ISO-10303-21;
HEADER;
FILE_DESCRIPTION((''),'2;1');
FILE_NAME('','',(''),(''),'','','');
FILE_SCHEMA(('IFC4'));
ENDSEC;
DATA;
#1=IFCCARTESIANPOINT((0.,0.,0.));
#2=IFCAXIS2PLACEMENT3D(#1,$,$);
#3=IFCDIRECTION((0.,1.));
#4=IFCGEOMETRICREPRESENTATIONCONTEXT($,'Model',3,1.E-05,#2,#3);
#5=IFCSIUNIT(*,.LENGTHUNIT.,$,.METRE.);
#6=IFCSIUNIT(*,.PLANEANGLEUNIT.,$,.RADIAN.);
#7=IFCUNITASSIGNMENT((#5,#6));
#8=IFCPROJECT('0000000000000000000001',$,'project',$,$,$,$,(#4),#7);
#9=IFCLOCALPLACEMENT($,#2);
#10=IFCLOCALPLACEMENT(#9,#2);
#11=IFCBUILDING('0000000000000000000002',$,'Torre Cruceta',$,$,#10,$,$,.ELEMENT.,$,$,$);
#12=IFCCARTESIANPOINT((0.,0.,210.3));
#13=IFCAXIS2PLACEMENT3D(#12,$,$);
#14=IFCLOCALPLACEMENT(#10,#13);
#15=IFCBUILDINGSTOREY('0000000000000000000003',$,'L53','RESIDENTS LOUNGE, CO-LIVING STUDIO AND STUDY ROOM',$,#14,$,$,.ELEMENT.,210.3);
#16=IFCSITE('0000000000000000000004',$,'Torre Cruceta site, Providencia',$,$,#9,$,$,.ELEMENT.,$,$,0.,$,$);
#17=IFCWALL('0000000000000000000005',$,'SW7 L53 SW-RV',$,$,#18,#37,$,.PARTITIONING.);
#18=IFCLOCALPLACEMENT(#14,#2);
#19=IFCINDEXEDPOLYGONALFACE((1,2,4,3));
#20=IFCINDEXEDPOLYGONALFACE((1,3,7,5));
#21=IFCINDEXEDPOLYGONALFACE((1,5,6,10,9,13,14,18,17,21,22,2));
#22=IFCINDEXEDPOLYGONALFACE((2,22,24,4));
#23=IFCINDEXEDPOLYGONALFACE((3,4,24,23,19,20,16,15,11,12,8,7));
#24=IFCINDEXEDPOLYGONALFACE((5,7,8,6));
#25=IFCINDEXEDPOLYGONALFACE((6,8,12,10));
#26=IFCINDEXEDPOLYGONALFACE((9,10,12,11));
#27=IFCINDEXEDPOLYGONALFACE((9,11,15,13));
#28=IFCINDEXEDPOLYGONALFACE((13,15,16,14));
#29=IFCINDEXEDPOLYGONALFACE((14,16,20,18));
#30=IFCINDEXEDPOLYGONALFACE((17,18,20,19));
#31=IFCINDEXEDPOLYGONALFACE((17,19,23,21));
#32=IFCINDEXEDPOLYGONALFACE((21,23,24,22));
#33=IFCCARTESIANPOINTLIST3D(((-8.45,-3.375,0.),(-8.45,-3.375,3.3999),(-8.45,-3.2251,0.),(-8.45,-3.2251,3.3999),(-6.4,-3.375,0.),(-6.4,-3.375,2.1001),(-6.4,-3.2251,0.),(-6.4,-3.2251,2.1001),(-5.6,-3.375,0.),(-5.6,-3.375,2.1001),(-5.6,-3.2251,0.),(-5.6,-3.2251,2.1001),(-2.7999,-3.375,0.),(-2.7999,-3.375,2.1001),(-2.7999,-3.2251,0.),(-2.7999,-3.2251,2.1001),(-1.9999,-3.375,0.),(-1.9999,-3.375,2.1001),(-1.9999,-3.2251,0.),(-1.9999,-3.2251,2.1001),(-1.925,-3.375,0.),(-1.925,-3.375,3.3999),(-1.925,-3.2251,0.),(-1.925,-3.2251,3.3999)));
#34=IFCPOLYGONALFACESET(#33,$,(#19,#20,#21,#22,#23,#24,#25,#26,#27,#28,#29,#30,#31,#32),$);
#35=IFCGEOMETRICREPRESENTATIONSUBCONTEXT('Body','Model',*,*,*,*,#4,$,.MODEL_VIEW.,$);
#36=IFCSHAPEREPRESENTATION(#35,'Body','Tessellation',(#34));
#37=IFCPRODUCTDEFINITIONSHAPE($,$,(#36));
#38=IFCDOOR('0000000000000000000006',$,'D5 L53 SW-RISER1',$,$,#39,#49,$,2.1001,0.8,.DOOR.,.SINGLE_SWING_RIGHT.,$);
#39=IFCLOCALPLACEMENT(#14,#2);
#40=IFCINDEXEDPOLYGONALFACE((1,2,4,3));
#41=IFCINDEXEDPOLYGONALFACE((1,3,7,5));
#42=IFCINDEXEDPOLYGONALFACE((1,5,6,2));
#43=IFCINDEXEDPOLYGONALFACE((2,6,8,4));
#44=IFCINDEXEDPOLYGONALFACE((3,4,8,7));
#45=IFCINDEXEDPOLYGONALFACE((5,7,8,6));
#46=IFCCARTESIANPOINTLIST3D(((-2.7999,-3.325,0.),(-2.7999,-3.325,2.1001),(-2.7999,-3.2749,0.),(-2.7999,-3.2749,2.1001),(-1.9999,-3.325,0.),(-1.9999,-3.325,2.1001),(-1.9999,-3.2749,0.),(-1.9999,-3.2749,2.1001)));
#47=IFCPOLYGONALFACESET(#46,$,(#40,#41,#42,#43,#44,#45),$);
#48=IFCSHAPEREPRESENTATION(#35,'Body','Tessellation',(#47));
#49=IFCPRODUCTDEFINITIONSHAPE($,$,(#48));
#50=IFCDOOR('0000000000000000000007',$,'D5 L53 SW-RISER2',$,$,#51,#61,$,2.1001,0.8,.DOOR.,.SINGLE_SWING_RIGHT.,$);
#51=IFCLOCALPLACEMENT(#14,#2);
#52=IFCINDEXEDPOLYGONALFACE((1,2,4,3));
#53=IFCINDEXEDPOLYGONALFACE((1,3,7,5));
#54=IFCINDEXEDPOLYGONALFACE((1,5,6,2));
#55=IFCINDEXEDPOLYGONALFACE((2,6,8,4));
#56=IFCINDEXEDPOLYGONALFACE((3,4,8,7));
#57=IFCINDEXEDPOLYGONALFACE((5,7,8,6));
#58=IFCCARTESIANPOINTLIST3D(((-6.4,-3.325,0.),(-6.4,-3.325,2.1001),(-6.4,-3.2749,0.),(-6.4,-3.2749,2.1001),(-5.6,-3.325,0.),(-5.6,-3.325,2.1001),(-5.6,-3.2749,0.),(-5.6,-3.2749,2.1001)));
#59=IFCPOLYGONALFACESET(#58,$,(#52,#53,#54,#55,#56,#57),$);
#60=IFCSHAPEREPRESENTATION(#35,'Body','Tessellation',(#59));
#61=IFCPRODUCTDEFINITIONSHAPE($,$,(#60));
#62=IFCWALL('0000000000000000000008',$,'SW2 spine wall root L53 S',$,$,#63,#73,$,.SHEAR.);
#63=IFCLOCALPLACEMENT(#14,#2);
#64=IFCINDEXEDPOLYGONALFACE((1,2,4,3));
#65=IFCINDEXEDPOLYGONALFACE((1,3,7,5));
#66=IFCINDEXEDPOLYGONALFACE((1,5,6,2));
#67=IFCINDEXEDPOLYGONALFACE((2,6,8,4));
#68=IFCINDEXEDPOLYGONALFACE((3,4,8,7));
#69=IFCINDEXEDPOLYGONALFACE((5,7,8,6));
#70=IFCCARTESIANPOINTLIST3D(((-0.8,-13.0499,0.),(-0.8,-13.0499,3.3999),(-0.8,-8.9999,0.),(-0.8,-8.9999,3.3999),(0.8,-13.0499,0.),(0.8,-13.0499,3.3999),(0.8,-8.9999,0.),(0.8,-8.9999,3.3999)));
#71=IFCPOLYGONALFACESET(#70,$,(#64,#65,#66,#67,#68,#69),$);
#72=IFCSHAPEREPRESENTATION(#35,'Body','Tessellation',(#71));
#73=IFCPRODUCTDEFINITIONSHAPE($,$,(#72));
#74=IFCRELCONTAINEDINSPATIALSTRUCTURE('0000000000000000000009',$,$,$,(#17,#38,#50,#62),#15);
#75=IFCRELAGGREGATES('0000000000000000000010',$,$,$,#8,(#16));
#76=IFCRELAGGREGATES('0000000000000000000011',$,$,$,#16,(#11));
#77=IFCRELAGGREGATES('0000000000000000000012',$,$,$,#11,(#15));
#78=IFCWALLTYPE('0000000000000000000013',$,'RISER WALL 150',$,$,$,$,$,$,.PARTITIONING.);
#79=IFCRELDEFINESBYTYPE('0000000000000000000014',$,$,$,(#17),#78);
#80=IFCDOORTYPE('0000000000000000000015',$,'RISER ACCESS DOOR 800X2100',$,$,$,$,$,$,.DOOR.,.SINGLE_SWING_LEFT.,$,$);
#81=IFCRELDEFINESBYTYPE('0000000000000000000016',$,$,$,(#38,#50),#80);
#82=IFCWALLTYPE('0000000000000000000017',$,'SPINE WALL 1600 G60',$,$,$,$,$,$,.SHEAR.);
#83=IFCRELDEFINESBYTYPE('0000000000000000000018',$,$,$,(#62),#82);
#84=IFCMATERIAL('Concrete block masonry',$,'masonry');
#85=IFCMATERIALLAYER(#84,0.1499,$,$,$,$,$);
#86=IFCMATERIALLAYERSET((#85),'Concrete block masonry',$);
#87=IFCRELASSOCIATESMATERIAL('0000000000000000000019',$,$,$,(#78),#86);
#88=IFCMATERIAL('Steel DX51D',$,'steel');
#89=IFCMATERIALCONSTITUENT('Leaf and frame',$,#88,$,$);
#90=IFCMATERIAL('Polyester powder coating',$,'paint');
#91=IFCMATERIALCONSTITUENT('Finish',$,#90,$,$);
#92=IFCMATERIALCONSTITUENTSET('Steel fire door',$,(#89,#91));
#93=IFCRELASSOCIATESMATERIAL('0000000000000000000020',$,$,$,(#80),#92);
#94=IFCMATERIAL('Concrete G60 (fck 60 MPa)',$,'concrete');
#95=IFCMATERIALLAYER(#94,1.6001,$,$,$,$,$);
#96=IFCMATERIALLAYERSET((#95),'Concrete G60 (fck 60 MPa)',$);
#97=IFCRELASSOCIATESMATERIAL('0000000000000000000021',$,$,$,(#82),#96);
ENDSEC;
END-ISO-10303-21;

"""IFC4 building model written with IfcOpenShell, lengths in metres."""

from ifc_helpers import new_model, si_unit, direction, frame, frame_2d, origin, place, context, subcontext, project, spatial, rectangle, extrude, material, layer, layer_set, constituent, constituent_set, type_object, element, fill, save


model = new_model("IFC4")

# Units and contexts
model_context = context("Model", 3, precision=1e-05, world=origin(), true_north=direction((0.0, 1.0)))
body_context = subcontext(model_context, "Body", "Model", "MODEL_VIEW")
ifc_project = project(units=[si_unit("LENGTHUNIT", "METRE"), si_unit("PLANEANGLEUNIT", "RADIAN")], contexts=[model_context])

# Site, building, storey
site_placement = place(None, origin())
site = spatial("IfcSite", under=ifc_project, at=site_placement, Name="Torre Cruceta site, Providencia", CompositionType="ELEMENT", RefElevation=0.0)
building_placement = place(site_placement, origin())
building = spatial("IfcBuilding", under=site, at=building_placement, Name="Torre Cruceta", CompositionType="ELEMENT")
storey_placement = place(building_placement, frame((0.0, 0.0, 210.3)))
storey = spatial("IfcBuildingStorey", under=building, at=storey_placement, Name="L53", Description="RESIDENTS LOUNGE, CO-LIVING STUDIO AND STUDY ROOM", CompositionType="ELEMENT", Elevation=210.3)

# Wall, openings, doors
ifc_material_1 = material(Name="Concrete block masonry", Category="masonry")
ifc_layer_1 = layer(ifc_material_1, 0.1499)
ifc_layer_set_1 = layer_set([ifc_layer_1], Name="Concrete block masonry")
wall_type_1 = type_object("IfcWallType", Name="RISER WALL 150", PredefinedType="PARTITIONING", material=ifc_layer_set_1)
wall_1_placement = place(storey_placement, frame((-1.925, -3.3, 0.0), z_axis=(0.0, 0.0, 1.0), x_axis=(-1.0, 0.0, 0.0)))
wall_1 = element("IfcWall", 1, at=wall_1_placement, inside=storey, type_object=wall_type_1, Name="SW7 L53 SW-RV", PredefinedType="PARTITIONING", context=body_context, shape_type="SweptSolid", body=[
    extrude(rectangle(XDim=6.5249, YDim=0.1499, at=frame_2d((3.2625, 0.0))), origin(), (0.0, 0.0, 1.0), 3.3999),
])
opening_1_placement = place(wall_1_placement, frame((0.075, 0.0, 0.0)))
opening_1 = element("IfcOpeningElement", 2, at=opening_1_placement, cuts=wall_1, PredefinedType="OPENING", context=body_context, shape_type="SweptSolid", body=[
    extrude(rectangle(XDim=0.8, YDim=2.1001, at=frame_2d((0.3999, 1.05))), frame((0.0, 0.085, 0.0), z_axis=(0.0, -1.0, 0.0), x_axis=(1.0, 0.0, 0.0)), (0.0, 0.0, 1.0), 0.1699),
])
opening_2_placement = place(wall_1_placement, frame((3.675, 0.0, 0.0)))
opening_2 = element("IfcOpeningElement", 3, at=opening_2_placement, cuts=wall_1, PredefinedType="OPENING", context=body_context, shape_type="SweptSolid", body=[
    extrude(rectangle(XDim=0.8, YDim=2.1001, at=frame_2d((0.3999, 1.05))), frame((0.0, 0.085, 0.0), z_axis=(0.0, -1.0, 0.0), x_axis=(1.0, 0.0, 0.0)), (0.0, 0.0, 1.0), 0.1699),
])
ifc_material_2 = material(Name="Steel DX51D", Category="steel")
ifc_constituent_1 = constituent(ifc_material_2, Name="Leaf and frame")
ifc_material_3 = material(Name="Polyester powder coating", Category="paint")
ifc_constituent_2 = constituent(ifc_material_3, Name="Finish")
ifc_constituent_set_1 = constituent_set(constituents=[ifc_constituent_1, ifc_constituent_2], Name="Steel fire door")
door_type_1 = type_object("IfcDoorType", Name="RISER ACCESS DOOR 800X2100", OperationType="SINGLE_SWING_LEFT", PredefinedType="DOOR", material=ifc_constituent_set_1)
door_1_placement = place(opening_1_placement, frame((0.8, 0.0, 0.0), z_axis=(0.0, 0.0, 1.0), x_axis=(-1.0, 0.0, 0.0)))
door_1 = element("IfcDoor", 4, at=door_1_placement, inside=storey, type_object=door_type_1, Name="D5 L53 SW-RISER1", OperationType="SINGLE_SWING_RIGHT", OverallHeight=2.1001, OverallWidth=0.8, PredefinedType="DOOR", context=body_context, shape_type="SweptSolid", body=[
    extrude(rectangle(XDim=0.8, YDim=2.1001, at=frame_2d((0.4001, 1.05))), frame((0.0, 0.0251, 0.0), z_axis=(0.0, -1.0, 0.0), x_axis=(1.0, 0.0, 0.0)), (0.0, 0.0, 1.0), 0.05),
])
fill(opening_1, door_1)
door_2_placement = place(opening_2_placement, frame((0.8, 0.0, 0.0), z_axis=(0.0, 0.0, 1.0), x_axis=(-1.0, 0.0, 0.0)))
door_2 = element("IfcDoor", 5, at=door_2_placement, inside=storey, type_object=door_type_1, Name="D5 L53 SW-RISER2", OperationType="SINGLE_SWING_RIGHT", OverallHeight=2.1001, OverallWidth=0.8, PredefinedType="DOOR", context=body_context, shape_type="SweptSolid", body=[
    extrude(rectangle(XDim=0.8, YDim=2.1001, at=frame_2d((0.4001, 1.05))), frame((0.0, 0.0251, 0.0), z_axis=(0.0, -1.0, 0.0), x_axis=(1.0, 0.0, 0.0)), (0.0, 0.0, 1.0), 0.05),
])
fill(opening_2, door_2)

# Wall
ifc_material_4 = material(Name="Concrete G60 (fck 60 MPa)", Category="concrete")
ifc_layer_2 = layer(ifc_material_4, 1.6001)
ifc_layer_set_2 = layer_set([ifc_layer_2], Name="Concrete G60 (fck 60 MPa)")
wall_type_2 = type_object("IfcWallType", Name="SPINE WALL 1600 G60", PredefinedType="SHEAR", material=ifc_layer_set_2)
wall_2_placement = place(storey_placement, frame((0.0, -9.0, 0.0), z_axis=(0.0, 0.0, 1.0), x_axis=(0.0, -1.0, 0.0)))
element("IfcWall", 6, at=wall_2_placement, inside=storey, type_object=wall_type_2, Name="SW2 spine wall root L53 S", PredefinedType="SHEAR", context=body_context, shape_type="SweptSolid", body=[
    extrude(rectangle(XDim=4.05, YDim=1.6001, at=frame_2d((2.0249, 0.0))), origin(), (0.0, 0.0, 1.0), 3.3999),
])

save(model, "model.ifc")
